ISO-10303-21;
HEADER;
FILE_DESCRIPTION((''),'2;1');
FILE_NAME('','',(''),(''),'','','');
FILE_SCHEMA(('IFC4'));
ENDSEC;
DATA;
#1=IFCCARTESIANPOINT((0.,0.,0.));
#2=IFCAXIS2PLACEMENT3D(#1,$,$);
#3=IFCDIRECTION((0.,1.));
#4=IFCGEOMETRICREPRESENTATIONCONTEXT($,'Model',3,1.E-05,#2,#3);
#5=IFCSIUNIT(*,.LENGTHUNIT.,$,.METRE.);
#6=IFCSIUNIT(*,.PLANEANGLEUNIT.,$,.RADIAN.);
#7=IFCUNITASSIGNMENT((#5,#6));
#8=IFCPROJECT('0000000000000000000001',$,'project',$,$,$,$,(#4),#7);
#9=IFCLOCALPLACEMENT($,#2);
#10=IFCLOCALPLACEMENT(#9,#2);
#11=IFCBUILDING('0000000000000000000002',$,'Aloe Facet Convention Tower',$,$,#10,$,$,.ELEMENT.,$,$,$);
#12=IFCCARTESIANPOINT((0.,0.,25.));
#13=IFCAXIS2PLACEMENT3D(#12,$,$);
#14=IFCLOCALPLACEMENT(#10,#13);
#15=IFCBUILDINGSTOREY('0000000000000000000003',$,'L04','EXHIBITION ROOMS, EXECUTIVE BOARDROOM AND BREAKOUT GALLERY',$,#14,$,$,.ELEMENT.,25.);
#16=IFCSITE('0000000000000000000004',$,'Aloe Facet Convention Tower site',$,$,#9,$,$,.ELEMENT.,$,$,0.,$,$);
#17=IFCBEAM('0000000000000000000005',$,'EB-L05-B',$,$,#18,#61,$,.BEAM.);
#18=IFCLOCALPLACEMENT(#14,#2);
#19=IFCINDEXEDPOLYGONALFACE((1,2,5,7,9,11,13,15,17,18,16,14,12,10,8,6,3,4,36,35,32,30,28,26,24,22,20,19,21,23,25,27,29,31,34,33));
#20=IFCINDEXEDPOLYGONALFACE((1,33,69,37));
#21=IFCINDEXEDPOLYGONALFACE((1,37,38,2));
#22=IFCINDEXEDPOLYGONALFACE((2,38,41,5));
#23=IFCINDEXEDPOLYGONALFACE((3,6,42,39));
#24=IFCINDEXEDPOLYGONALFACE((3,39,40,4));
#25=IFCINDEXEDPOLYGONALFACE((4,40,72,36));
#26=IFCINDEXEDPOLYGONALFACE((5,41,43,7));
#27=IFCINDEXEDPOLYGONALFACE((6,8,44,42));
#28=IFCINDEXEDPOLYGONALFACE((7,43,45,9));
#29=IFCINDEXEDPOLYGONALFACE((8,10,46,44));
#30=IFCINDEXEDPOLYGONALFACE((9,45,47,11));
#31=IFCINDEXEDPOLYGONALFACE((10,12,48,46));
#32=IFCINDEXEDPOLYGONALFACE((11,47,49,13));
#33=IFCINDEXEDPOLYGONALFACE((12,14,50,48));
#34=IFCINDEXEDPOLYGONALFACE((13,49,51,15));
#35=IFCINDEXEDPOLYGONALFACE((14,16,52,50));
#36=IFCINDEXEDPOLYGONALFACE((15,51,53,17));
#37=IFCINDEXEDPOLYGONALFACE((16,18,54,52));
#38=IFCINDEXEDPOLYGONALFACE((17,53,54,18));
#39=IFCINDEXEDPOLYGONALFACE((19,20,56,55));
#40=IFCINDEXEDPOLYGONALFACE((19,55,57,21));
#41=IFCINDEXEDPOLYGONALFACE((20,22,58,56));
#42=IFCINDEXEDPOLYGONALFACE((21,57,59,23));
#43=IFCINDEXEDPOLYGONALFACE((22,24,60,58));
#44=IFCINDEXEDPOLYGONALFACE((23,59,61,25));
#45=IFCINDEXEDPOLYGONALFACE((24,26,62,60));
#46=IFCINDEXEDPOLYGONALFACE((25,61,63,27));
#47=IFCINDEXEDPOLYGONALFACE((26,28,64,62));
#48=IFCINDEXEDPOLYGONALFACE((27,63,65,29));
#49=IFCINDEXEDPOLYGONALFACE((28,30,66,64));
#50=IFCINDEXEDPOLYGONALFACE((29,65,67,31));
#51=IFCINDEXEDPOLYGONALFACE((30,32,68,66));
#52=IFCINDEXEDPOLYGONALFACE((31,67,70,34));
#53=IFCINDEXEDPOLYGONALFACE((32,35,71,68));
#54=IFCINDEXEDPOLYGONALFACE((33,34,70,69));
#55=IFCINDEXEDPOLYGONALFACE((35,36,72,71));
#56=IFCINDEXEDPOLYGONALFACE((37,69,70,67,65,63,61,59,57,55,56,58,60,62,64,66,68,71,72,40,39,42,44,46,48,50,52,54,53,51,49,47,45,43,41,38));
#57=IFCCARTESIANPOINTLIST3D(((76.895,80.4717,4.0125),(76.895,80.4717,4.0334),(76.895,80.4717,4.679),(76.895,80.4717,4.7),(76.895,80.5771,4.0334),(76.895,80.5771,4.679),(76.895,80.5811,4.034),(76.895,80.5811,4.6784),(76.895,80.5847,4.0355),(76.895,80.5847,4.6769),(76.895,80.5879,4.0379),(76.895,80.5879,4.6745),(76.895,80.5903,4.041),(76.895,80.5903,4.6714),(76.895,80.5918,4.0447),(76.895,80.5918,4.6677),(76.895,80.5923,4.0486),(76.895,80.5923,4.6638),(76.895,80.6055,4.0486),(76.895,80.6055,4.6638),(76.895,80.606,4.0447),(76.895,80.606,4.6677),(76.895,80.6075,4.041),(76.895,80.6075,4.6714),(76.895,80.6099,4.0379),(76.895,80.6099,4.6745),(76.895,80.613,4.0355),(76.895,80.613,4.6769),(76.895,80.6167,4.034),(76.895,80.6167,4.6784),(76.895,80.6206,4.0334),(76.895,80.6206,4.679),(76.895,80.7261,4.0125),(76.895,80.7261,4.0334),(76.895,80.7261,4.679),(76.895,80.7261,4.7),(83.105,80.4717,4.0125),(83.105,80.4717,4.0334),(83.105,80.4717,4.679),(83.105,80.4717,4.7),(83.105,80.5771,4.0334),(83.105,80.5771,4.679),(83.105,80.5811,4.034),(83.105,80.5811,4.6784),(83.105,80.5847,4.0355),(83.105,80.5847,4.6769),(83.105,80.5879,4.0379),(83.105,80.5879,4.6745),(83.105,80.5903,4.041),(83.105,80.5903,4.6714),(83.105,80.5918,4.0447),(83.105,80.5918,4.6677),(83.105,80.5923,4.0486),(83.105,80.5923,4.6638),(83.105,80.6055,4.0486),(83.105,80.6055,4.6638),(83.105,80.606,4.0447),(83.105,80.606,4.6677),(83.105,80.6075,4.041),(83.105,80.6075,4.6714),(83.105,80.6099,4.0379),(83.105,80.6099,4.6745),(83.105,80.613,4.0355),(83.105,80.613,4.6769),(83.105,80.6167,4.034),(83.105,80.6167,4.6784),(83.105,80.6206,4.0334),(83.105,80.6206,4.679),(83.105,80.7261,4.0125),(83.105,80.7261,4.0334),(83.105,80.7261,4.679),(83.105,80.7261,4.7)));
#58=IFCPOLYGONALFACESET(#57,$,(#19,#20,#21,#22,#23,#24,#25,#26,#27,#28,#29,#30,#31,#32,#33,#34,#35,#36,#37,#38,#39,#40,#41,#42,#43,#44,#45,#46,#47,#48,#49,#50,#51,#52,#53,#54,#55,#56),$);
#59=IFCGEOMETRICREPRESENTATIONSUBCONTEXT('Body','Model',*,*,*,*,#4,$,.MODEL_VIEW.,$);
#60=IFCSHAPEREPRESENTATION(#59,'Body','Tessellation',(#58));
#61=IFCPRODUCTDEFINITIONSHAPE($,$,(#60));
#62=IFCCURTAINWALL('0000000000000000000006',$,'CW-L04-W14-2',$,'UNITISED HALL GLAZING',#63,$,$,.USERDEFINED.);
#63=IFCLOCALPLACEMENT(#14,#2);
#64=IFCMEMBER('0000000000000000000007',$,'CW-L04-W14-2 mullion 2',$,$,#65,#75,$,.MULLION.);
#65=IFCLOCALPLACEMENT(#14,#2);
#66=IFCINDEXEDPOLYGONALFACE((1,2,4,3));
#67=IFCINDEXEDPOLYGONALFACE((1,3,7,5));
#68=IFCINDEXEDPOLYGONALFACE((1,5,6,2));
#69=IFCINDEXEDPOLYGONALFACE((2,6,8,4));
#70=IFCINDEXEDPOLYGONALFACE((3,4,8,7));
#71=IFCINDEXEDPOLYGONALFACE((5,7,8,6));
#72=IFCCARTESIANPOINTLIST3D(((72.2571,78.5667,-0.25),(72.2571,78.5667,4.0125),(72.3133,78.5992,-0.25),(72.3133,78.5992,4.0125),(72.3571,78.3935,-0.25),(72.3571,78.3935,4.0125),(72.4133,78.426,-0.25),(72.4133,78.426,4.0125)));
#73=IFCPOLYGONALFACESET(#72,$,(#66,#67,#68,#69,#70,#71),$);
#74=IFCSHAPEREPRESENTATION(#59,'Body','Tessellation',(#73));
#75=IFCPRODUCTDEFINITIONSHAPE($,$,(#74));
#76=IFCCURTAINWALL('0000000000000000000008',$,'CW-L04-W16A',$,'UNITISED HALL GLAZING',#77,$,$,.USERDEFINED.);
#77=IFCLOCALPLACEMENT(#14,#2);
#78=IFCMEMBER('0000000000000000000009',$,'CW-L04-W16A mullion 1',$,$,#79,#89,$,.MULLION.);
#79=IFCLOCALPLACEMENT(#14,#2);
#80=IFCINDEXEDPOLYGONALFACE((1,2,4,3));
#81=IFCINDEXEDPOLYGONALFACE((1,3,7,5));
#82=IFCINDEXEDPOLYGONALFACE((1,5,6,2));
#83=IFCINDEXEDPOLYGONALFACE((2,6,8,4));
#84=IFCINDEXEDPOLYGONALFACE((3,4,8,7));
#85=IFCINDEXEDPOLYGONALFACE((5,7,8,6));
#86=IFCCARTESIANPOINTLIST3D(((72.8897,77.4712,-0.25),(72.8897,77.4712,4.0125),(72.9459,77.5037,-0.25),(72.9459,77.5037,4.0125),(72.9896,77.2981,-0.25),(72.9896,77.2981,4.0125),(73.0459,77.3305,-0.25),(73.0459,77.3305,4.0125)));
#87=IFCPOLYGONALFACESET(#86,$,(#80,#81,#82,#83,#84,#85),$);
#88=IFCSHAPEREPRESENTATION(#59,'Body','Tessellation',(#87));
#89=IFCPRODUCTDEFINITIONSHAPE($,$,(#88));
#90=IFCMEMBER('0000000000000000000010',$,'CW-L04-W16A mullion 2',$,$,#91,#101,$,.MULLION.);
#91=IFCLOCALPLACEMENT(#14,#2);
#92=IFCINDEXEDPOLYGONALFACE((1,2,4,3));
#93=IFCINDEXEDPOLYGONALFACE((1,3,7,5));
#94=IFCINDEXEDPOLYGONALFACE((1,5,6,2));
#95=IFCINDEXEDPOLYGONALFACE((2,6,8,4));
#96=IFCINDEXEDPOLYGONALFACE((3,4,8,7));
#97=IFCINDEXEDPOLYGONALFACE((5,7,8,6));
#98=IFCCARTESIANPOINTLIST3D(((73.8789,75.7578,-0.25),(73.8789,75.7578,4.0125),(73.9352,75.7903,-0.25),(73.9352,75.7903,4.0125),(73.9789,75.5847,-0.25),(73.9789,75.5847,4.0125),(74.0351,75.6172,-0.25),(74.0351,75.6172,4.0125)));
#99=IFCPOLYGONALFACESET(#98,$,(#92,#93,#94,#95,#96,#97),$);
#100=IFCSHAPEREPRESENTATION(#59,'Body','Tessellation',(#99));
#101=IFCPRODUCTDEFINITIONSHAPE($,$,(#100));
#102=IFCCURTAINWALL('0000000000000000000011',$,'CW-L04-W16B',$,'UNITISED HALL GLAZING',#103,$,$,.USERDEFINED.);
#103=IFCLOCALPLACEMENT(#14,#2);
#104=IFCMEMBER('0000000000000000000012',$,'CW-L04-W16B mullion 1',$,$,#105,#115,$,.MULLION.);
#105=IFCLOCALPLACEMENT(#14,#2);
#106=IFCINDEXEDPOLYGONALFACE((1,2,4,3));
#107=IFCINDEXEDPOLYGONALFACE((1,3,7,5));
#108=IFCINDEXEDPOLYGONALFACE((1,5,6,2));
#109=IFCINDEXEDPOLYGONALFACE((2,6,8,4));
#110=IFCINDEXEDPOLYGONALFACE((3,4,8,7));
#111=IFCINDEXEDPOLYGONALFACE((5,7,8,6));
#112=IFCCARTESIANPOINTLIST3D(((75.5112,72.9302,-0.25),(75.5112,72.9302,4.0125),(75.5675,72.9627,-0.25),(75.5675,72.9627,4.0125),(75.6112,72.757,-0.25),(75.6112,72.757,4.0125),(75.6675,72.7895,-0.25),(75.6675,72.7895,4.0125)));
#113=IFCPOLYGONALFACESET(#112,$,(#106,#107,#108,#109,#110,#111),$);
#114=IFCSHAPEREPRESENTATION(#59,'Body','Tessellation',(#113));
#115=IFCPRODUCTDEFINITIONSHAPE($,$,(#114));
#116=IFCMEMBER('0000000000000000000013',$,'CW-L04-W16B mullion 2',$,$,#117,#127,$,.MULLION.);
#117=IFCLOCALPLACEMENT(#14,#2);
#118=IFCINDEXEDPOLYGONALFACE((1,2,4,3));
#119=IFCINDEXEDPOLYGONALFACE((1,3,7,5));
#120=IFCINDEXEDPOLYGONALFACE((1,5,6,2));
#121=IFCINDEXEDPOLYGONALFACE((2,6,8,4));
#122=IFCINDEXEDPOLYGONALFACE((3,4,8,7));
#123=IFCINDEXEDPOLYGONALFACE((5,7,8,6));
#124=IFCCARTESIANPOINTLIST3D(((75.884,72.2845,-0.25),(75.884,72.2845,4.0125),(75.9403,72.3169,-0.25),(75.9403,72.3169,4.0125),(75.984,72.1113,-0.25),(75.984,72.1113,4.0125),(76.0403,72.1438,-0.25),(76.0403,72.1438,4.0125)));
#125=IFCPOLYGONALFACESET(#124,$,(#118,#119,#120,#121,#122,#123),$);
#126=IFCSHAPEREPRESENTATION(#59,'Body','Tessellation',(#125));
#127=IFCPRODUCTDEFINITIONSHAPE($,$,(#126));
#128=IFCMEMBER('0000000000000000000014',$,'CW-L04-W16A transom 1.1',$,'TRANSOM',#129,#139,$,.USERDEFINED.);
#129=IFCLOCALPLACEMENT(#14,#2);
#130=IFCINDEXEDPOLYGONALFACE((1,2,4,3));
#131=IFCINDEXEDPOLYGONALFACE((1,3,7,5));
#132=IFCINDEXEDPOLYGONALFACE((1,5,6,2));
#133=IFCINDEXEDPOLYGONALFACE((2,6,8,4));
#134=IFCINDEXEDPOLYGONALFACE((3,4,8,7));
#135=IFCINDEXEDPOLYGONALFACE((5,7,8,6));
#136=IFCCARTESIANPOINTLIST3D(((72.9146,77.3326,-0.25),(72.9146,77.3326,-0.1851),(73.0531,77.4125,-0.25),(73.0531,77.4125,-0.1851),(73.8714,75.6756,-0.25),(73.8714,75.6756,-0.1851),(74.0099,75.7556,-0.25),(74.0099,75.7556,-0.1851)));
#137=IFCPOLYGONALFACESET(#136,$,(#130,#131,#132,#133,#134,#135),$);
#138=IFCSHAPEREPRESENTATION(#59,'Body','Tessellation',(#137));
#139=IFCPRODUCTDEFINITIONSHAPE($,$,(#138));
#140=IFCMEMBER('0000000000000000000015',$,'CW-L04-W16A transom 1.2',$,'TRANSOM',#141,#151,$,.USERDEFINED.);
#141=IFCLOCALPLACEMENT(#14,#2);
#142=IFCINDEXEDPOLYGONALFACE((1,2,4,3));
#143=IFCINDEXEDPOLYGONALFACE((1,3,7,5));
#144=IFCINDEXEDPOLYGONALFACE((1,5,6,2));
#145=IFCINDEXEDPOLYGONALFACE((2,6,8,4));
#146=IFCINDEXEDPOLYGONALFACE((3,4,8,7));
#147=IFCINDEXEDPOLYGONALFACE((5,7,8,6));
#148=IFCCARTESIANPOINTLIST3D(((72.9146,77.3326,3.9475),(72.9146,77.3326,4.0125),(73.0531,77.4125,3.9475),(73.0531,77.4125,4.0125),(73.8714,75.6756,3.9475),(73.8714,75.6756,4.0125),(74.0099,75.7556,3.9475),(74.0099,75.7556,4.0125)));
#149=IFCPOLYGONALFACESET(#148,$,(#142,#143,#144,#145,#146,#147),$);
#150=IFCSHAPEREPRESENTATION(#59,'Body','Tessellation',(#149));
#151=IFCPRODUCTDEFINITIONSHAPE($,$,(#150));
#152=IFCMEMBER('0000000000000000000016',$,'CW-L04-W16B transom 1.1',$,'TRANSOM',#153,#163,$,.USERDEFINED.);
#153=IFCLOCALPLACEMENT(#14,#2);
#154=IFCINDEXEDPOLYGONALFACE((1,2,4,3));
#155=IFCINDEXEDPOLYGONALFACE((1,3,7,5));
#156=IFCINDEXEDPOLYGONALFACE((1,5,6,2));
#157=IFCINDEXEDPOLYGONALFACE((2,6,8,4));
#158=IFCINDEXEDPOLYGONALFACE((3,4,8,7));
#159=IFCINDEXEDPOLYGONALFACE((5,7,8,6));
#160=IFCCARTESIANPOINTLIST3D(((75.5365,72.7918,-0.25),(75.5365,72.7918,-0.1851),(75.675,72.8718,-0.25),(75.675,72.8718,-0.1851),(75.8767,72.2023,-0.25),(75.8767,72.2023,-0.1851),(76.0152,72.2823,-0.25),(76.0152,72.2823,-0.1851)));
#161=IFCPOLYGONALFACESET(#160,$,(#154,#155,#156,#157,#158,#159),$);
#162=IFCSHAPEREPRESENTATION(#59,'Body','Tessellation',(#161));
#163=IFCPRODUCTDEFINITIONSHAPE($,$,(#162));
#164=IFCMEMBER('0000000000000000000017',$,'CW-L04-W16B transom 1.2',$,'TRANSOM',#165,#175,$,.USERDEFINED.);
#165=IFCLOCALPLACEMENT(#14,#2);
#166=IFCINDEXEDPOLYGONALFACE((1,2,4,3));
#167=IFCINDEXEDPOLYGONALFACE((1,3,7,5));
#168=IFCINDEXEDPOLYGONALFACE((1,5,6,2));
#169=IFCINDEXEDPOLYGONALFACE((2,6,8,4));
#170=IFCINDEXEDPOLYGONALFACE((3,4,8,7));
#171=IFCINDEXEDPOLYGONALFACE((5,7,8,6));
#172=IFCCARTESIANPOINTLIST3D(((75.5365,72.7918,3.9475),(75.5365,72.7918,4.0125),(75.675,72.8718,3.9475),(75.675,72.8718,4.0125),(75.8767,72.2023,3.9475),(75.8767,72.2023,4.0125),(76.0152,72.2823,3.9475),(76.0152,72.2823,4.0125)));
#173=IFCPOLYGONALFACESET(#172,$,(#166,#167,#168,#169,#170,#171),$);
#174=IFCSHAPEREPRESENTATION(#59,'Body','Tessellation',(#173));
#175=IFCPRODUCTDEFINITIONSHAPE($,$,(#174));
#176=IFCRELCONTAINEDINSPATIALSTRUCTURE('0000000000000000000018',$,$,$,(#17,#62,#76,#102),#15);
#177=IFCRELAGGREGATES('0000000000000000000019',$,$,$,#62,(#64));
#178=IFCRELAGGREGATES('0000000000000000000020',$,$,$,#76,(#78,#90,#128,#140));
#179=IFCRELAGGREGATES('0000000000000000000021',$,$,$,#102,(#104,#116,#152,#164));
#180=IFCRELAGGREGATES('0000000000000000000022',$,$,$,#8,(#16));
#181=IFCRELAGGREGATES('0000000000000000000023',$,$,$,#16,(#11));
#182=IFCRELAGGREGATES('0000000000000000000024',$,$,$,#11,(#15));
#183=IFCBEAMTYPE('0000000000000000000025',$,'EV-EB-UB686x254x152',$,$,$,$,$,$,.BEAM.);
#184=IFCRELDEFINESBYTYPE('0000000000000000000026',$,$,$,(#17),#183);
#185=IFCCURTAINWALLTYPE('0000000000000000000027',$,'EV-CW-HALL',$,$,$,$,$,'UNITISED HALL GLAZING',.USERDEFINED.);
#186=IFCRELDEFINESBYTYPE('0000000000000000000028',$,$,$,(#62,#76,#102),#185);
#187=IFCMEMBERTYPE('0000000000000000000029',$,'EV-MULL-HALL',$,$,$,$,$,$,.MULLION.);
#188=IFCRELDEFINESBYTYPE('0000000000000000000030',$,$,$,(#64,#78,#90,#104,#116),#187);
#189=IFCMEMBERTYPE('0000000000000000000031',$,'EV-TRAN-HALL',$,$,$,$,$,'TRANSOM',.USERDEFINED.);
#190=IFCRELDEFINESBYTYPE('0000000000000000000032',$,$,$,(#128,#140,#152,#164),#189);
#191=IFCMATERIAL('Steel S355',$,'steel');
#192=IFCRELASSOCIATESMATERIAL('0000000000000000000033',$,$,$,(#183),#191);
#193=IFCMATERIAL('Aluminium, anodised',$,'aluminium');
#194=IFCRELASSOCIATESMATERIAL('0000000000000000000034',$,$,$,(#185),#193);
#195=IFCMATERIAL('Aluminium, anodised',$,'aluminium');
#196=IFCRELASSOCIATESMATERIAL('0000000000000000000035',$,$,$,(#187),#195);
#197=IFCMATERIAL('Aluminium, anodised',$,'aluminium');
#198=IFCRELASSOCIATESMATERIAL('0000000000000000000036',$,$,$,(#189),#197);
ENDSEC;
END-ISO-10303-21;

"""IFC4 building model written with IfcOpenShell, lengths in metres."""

from ifc_helpers import new_model, si_unit, direction, frame, origin, origin_2d, place, context, subcontext, project, spatial, rectangle, i_section, extrude, material, material_profile, profile_set, type_object, element, aggregate, save


model = new_model("IFC4")

# Units and contexts
model_context = context("Model", 3, precision=1e-05, world=origin(), true_north=direction((0.0, 1.0)))
body_context = subcontext(model_context, "Body", "Model", "MODEL_VIEW")
ifc_project = project(units=[si_unit("LENGTHUNIT", "METRE"), si_unit("PLANEANGLEUNIT", "RADIAN")], contexts=[model_context])

# Site, building, storey
site_placement = place(None, origin())
site = spatial("IfcSite", under=ifc_project, at=site_placement, Name="Aloe Facet Convention Tower site", CompositionType="ELEMENT", RefElevation=0.0)
building_placement = place(site_placement, origin())
building = spatial("IfcBuilding", under=site, at=building_placement, Name="Aloe Facet Convention Tower", CompositionType="ELEMENT")
storey_placement = place(building_placement, frame((0.0, 0.0, 25.0)))
storey = spatial("IfcBuildingStorey", under=building, at=storey_placement, Name="L04", Description="EXHIBITION ROOMS, EXECUTIVE BOARDROOM AND BREAKOUT GALLERY", CompositionType="ELEMENT", Elevation=25.0)

# Beam
ifc_material_1 = material(Name="Steel S355", Category="steel")
ifc_material_profile_1 = material_profile(ifc_material_1, i_section(OverallWidth=0.2544, OverallDepth=0.6875, WebThickness=0.0132, FlangeThickness=0.021, FilletRadius=0.0151, at=origin_2d()), Name="UB 686x254x152")
ifc_profile_set_1 = profile_set([ifc_material_profile_1], Name="Steel S355")
beam_type_1 = type_object("IfcBeamType", Name="EV-EB-UB686x254x152", PredefinedType="BEAM", material=ifc_profile_set_1)
beam_1_placement = place(storey_placement, frame((76.895, 80.5989, 4.3562), z_axis=(1.0, 0.0, 0.0), x_axis=(0.0, 1.0, 0.0)))
element("IfcBeam", 1, at=beam_1_placement, inside=storey, type_object=beam_type_1, Name="EB-L05-B", PredefinedType="BEAM", context=body_context, shape_type="SweptSolid", body=[
    extrude(i_section(OverallWidth=0.2544, OverallDepth=0.6875, WebThickness=0.0132, FlangeThickness=0.021, FilletRadius=0.0151, at=origin_2d()), origin(), (0.0, 0.0, 1.0), 6.21),
])

# Curtain wall, member
ifc_material_2 = material(Name="Aluminium, anodised", Category="aluminium")
curtain_wall_type = type_object("IfcCurtainWallType", Name="EV-CW-HALL", ElementType="UNITISED HALL GLAZING", PredefinedType="USERDEFINED", material=ifc_material_2)
curtain_wall_1_placement = place(storey_placement, origin())
curtain_wall_1 = element("IfcCurtainWall", 2, at=curtain_wall_1_placement, inside=storey, type_object=curtain_wall_type, Name="CW-L04-W14-2", ObjectType="UNITISED HALL GLAZING", PredefinedType="USERDEFINED")
ifc_material_3 = material(Name="Aluminium, anodised", Category="aluminium")
ifc_material_profile_2 = material_profile(ifc_material_3, rectangle(XDim=0.0649, YDim=0.2, at=origin_2d()), Name="AL 65x200")
ifc_profile_set_2 = profile_set([ifc_material_profile_2], Name="Aluminium, anodised")
member_type_1 = type_object("IfcMemberType", Name="EV-MULL-HALL", PredefinedType="MULLION", material=ifc_profile_set_2)
member_1_placement = place(storey_placement, frame((72.3352, 78.4963, -0.25), z_axis=(0.0, 0.0, 1.0), x_axis=(0.866025, 0.5, 0.0)))
member_1 = element("IfcMember", 3, at=member_1_placement, type_object=member_type_1, Name="CW-L04-W14-2 mullion 2", PredefinedType="MULLION", context=body_context, shape_type="SweptSolid", body=[
    extrude(rectangle(XDim=0.0649, YDim=0.2, at=origin_2d()), origin(), (0.0, 0.0, 1.0), 4.2625),
])

# Curtain walls, members
curtain_wall_2_placement = place(storey_placement, origin())
curtain_wall_2 = element("IfcCurtainWall", 4, at=curtain_wall_2_placement, inside=storey, type_object=curtain_wall_type, Name="CW-L04-W16A", ObjectType="UNITISED HALL GLAZING", PredefinedType="USERDEFINED")
member_2_placement = place(storey_placement, frame((72.9678, 77.4009, -0.25), z_axis=(0.0, 0.0, 1.0), x_axis=(0.866025, 0.5, 0.0)))
member_2 = element("IfcMember", 5, at=member_2_placement, type_object=member_type_1, Name="CW-L04-W16A mullion 1", PredefinedType="MULLION", context=body_context, shape_type="SweptSolid", body=[
    extrude(rectangle(XDim=0.0649, YDim=0.2, at=origin_2d()), origin(), (0.0, 0.0, 1.0), 4.2625),
])
member_3_placement = place(storey_placement, frame((73.957, 75.6875, -0.25), z_axis=(0.0, 0.0, 1.0), x_axis=(0.866025, 0.5, 0.0)))
member_3 = element("IfcMember", 6, at=member_3_placement, type_object=member_type_1, Name="CW-L04-W16A mullion 2", PredefinedType="MULLION", context=body_context, shape_type="SweptSolid", body=[
    extrude(rectangle(XDim=0.0649, YDim=0.2, at=origin_2d()), origin(), (0.0, 0.0, 1.0), 4.2625),
])
curtain_wall_3_placement = place(storey_placement, origin())
curtain_wall_3 = element("IfcCurtainWall", 7, at=curtain_wall_3_placement, inside=storey, type_object=curtain_wall_type, Name="CW-L04-W16B", ObjectType="UNITISED HALL GLAZING", PredefinedType="USERDEFINED")
member_4_placement = place(storey_placement, frame((75.5894, 72.8599, -0.25), z_axis=(0.0, 0.0, 1.0), x_axis=(0.866025, 0.5, 0.0)))
member_4 = element("IfcMember", 8, at=member_4_placement, type_object=member_type_1, Name="CW-L04-W16B mullion 1", PredefinedType="MULLION", context=body_context, shape_type="SweptSolid", body=[
    extrude(rectangle(XDim=0.0649, YDim=0.2, at=origin_2d()), origin(), (0.0, 0.0, 1.0), 4.2625),
])
member_5_placement = place(storey_placement, frame((75.9622, 72.2141, -0.25), z_axis=(0.0, 0.0, 1.0), x_axis=(0.866025, 0.5, 0.0)))
member_5 = element("IfcMember", 9, at=member_5_placement, type_object=member_type_1, Name="CW-L04-W16B mullion 2", PredefinedType="MULLION", context=body_context, shape_type="SweptSolid", body=[
    extrude(rectangle(XDim=0.0649, YDim=0.2, at=origin_2d()), origin(), (0.0, 0.0, 1.0), 4.2625),
])

# Members
ifc_material_4 = material(Name="Aluminium, anodised", Category="aluminium")
ifc_material_profile_3 = material_profile(ifc_material_4, rectangle(XDim=0.1599, YDim=0.0649, at=origin_2d()), Name="AL 160x65")
ifc_profile_set_3 = profile_set([ifc_material_profile_3], Name="Aluminium, anodised")
member_type_2 = type_object("IfcMemberType", Name="EV-TRAN-HALL", ElementType="TRANSOM", PredefinedType="USERDEFINED", material=ifc_profile_set_3)
member_6_placement = place(storey_placement, frame((72.9839, 77.3726, -0.2175), z_axis=(0.50005, -0.865996, 0.0), x_axis=(0.865996, 0.50005, 0.0)))
member_6 = element("IfcMember", 10, at=member_6_placement, type_object=member_type_2, Name="CW-L04-W16A transom 1.1", ObjectType="TRANSOM", PredefinedType="USERDEFINED", context=body_context, shape_type="SweptSolid", body=[
    extrude(rectangle(XDim=0.1599, YDim=0.0649, at=origin_2d()), origin(), (0.0, 0.0, 1.0), 1.9133),
])
member_7_placement = place(storey_placement, frame((72.9839, 77.3726, 3.98), z_axis=(0.50005, -0.865996, 0.0), x_axis=(0.865996, 0.50005, 0.0)))
member_7 = element("IfcMember", 11, at=member_7_placement, type_object=member_type_2, Name="CW-L04-W16A transom 1.2", ObjectType="TRANSOM", PredefinedType="USERDEFINED", context=body_context, shape_type="SweptSolid", body=[
    extrude(rectangle(XDim=0.1599, YDim=0.0649, at=origin_2d()), origin(), (0.0, 0.0, 1.0), 1.9133),
])
member_8_placement = place(storey_placement, frame((75.6057, 72.8318, -0.2175), z_axis=(0.499919, -0.866072, 0.0), x_axis=(0.866072, 0.499919, 0.0)))
member_8 = element("IfcMember", 12, at=member_8_placement, type_object=member_type_2, Name="CW-L04-W16B transom 1.1", ObjectType="TRANSOM", PredefinedType="USERDEFINED", context=body_context, shape_type="SweptSolid", body=[
    extrude(rectangle(XDim=0.1599, YDim=0.0649, at=origin_2d()), origin(), (0.0, 0.0, 1.0), 0.6807),
])
member_9_placement = place(storey_placement, frame((75.6057, 72.8318, 3.98), z_axis=(0.499919, -0.866072, 0.0), x_axis=(0.866072, 0.499919, 0.0)))
member_9 = element("IfcMember", 13, at=member_9_placement, type_object=member_type_2, Name="CW-L04-W16B transom 1.2", ObjectType="TRANSOM", PredefinedType="USERDEFINED", context=body_context, shape_type="SweptSolid", body=[
    extrude(rectangle(XDim=0.1599, YDim=0.0649, at=origin_2d()), origin(), (0.0, 0.0, 1.0), 0.6807),
])

aggregate(curtain_wall_1, [member_1])
aggregate(curtain_wall_2, [member_2, member_3, member_6, member_7])
aggregate(curtain_wall_3, [member_4, member_5, member_8, member_9])

save(model, "model.ifc")
